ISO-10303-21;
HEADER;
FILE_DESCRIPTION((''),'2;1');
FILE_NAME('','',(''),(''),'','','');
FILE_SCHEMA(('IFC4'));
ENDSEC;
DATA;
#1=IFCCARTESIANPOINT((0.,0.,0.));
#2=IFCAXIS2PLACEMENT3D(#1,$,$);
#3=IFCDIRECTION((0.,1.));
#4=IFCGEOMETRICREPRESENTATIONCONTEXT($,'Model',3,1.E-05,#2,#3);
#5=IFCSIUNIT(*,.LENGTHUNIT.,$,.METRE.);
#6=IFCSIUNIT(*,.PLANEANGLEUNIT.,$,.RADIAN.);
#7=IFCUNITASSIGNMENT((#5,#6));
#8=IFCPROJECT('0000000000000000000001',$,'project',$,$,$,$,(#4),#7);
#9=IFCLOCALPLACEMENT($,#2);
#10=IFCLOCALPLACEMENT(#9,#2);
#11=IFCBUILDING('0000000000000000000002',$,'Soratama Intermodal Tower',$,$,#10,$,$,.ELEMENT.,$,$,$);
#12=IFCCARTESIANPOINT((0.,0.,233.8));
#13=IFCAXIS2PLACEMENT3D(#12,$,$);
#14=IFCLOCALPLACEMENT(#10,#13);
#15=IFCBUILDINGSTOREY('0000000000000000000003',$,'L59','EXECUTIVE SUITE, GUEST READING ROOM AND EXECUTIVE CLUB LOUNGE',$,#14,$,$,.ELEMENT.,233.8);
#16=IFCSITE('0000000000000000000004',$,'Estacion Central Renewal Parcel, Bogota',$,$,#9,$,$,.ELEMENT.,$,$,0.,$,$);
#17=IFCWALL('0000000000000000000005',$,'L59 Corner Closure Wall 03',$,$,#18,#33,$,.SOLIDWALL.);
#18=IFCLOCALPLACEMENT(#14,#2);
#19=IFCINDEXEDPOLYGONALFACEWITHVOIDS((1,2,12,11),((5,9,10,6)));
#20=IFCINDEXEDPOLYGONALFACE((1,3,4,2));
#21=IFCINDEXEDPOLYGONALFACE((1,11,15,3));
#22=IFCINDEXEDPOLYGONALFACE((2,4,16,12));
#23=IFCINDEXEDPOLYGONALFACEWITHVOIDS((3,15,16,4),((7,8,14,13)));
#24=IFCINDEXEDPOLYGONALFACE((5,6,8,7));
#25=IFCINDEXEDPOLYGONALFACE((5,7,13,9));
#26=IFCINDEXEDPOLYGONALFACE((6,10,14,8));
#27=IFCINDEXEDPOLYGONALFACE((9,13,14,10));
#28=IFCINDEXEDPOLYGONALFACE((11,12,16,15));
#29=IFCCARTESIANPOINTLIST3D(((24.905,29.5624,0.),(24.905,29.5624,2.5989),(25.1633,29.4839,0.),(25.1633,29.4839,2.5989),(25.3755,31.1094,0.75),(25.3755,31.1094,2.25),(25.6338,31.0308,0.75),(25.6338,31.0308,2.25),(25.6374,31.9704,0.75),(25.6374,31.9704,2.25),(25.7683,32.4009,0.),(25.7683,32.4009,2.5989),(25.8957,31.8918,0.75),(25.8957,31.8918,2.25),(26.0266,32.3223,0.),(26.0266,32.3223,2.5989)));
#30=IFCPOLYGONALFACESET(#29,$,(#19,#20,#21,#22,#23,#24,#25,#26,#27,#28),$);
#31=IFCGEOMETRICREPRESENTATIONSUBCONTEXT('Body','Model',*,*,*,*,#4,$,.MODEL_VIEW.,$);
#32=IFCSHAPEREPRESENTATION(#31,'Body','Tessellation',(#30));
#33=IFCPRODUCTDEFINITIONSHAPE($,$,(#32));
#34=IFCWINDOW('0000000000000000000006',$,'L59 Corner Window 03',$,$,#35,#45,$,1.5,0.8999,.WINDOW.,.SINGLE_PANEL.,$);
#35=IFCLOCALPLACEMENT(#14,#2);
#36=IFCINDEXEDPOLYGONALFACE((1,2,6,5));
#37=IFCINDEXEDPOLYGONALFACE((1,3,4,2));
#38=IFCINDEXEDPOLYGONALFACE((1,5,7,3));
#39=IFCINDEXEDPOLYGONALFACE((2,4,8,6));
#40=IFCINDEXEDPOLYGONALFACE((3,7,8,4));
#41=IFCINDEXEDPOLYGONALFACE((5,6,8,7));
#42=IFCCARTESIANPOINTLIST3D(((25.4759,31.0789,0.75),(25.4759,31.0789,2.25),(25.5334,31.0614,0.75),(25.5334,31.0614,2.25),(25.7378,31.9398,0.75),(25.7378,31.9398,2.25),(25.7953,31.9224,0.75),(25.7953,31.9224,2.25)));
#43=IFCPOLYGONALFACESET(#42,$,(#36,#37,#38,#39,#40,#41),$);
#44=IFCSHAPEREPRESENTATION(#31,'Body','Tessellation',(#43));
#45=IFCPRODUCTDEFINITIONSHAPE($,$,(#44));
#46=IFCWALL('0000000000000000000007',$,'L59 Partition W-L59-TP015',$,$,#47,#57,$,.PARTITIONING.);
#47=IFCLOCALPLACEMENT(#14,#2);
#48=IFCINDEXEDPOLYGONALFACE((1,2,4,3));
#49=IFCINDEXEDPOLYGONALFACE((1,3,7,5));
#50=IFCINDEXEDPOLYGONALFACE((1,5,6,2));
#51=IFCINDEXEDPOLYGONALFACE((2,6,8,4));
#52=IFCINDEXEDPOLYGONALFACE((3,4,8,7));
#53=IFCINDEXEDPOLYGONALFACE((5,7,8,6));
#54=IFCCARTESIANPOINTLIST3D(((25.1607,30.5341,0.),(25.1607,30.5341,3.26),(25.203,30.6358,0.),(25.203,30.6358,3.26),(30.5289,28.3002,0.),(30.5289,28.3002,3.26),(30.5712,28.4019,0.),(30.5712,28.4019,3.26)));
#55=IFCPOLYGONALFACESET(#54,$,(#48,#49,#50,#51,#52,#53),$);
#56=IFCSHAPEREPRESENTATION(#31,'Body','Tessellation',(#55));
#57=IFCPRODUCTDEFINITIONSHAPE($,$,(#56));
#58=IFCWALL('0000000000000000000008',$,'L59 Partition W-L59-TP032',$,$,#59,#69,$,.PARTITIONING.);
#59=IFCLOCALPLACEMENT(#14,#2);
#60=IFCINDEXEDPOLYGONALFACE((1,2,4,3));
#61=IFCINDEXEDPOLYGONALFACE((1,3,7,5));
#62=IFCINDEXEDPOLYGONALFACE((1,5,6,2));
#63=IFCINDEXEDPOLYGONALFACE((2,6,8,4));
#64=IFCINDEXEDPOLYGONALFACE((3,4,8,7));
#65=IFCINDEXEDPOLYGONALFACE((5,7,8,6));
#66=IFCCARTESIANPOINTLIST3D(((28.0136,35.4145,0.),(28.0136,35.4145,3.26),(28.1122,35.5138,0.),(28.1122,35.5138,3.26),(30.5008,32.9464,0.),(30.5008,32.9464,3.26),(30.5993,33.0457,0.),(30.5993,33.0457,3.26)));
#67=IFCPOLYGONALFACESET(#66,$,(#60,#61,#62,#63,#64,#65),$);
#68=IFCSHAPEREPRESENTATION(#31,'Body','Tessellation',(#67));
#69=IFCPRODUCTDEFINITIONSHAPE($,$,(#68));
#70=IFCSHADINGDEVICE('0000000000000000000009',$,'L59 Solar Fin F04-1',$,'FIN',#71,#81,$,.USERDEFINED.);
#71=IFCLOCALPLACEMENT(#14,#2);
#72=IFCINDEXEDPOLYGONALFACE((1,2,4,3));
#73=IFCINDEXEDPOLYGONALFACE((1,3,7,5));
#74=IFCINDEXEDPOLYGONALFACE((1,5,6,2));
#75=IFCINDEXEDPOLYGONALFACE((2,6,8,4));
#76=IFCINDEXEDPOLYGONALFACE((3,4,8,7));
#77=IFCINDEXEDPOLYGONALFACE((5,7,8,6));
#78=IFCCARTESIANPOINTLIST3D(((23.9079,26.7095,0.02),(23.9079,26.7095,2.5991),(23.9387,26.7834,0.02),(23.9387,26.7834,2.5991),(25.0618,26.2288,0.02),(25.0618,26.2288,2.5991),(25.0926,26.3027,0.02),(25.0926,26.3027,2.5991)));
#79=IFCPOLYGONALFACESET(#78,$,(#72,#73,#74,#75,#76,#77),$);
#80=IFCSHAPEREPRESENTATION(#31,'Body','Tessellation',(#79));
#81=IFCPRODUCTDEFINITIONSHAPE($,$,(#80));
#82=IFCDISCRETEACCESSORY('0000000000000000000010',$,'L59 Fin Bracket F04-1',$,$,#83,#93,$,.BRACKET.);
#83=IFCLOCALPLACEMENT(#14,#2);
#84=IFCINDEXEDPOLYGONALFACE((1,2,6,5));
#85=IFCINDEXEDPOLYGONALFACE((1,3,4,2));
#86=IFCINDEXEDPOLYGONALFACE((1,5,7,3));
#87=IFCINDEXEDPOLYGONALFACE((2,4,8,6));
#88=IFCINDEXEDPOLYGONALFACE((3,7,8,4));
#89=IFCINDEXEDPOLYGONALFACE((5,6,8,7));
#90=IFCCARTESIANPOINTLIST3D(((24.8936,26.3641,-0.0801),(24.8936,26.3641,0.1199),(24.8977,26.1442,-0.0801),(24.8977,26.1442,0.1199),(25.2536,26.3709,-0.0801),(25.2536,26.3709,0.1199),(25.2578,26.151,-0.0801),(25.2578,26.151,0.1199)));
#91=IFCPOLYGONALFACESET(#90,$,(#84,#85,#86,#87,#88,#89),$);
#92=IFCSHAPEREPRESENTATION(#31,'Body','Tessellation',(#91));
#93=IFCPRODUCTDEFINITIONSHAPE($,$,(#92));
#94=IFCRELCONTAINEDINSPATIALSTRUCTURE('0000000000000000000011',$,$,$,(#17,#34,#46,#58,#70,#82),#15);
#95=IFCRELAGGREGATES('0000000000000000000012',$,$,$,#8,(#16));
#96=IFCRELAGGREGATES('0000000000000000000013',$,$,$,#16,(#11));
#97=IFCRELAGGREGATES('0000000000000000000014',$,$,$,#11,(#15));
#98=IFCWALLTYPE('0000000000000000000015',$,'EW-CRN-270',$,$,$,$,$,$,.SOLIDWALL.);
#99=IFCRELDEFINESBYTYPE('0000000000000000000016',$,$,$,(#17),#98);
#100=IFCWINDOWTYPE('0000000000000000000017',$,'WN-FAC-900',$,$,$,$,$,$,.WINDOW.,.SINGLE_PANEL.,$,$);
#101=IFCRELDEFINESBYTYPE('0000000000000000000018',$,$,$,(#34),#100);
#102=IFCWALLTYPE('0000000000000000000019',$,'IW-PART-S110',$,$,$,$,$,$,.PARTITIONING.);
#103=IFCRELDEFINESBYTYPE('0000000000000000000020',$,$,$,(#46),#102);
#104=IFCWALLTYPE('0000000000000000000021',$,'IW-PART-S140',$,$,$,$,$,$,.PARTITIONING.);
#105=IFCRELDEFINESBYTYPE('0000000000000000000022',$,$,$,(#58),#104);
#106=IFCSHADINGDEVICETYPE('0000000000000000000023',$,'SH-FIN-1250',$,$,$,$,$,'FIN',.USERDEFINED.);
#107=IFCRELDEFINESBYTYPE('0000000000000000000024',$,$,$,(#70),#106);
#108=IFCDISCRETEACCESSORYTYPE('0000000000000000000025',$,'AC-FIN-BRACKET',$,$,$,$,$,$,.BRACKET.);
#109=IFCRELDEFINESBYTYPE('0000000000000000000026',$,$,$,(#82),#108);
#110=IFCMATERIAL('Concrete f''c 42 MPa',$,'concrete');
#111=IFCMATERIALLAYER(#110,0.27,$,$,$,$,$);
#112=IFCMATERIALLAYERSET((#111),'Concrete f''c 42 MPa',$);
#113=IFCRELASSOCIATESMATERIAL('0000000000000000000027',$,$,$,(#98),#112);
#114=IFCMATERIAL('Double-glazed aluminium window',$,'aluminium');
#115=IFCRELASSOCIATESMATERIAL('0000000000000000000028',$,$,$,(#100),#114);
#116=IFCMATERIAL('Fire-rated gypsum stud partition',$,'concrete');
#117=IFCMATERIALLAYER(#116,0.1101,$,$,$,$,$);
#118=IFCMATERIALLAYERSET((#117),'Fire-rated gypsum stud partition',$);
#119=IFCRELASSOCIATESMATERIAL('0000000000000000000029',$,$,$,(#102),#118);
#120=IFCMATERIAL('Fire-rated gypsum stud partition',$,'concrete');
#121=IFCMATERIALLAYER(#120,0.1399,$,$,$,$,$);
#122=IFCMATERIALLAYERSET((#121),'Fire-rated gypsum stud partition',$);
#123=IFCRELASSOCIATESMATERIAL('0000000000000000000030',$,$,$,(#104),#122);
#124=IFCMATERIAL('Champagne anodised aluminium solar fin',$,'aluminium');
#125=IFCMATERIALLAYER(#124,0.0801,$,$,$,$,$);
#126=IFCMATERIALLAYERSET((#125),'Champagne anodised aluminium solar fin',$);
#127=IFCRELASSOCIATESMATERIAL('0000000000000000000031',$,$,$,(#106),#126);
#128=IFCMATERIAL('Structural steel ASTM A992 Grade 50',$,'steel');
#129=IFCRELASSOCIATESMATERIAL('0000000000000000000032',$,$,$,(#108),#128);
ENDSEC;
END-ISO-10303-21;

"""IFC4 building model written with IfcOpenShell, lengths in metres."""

from ifc_helpers import new_model, si_unit, direction, frame, frame_2d, origin, origin_2d, place, context, subcontext, project, spatial, rectangle, extrude, material, layer, layer_set, type_object, element, fill, save


model = new_model("IFC4")

# Units and contexts
model_context = context("Model", 3, precision=1e-05, world=origin(), true_north=direction((0.0, 1.0)))
body_context = subcontext(model_context, "Body", "Model", "MODEL_VIEW")
ifc_project = project(units=[si_unit("LENGTHUNIT", "METRE"), si_unit("PLANEANGLEUNIT", "RADIAN")], contexts=[model_context])

# Site, building, storey
site_placement = place(None, origin())
site = spatial("IfcSite", under=ifc_project, at=site_placement, Name="Estacion Central Renewal Parcel, Bogota", CompositionType="ELEMENT", RefElevation=0.0)
building_placement = place(site_placement, origin())
building = spatial("IfcBuilding", under=site, at=building_placement, Name="Soratama Intermodal Tower", CompositionType="ELEMENT")
storey_placement = place(building_placement, frame((0.0, 0.0, 233.8)))
storey = spatial("IfcBuildingStorey", under=building, at=storey_placement, Name="L59", Description="EXECUTIVE SUITE, GUEST READING ROOM AND EXECUTIVE CLUB LOUNGE", CompositionType="ELEMENT", Elevation=233.8)

# Wall, opening, window
ifc_material_1 = material(Name="Concrete f'c 42 MPa", Category="concrete")
ifc_layer_1 = layer(ifc_material_1, 0.27)
ifc_layer_set_1 = layer_set([ifc_layer_1], Name="Concrete f'c 42 MPa")
wall_type_1 = type_object("IfcWallType", Name="EW-CRN-270", PredefinedType="SOLIDWALL", material=ifc_layer_set_1)
wall_1_placement = place(storey_placement, frame((25.8975, 32.3616, 0.0), z_axis=(0.0, 0.0, 1.0), x_axis=(-0.290985, -0.956728, 0.0)))
wall_1 = element("IfcWall", 1, at=wall_1_placement, inside=storey, type_object=wall_type_1, Name="L59 Corner Closure Wall 03", PredefinedType="SOLIDWALL", context=body_context, shape_type="SweptSolid", body=[
    extrude(rectangle(XDim=2.9668, YDim=0.27, at=frame_2d((1.4834, 0.0))), origin(), (0.0, 0.0, 1.0), 2.5989),
])
opening_1_placement = place(wall_1_placement, frame((0.45, 0.0, 0.75)))
opening_1 = element("IfcOpeningElement", 2, at=opening_1_placement, cuts=wall_1, PredefinedType="OPENING", context=body_context, shape_type="SweptSolid", body=[
    extrude(rectangle(XDim=0.8999, YDim=1.5, at=frame_2d((0.45, 0.75))), frame((0.0, 0.145, 0.0), z_axis=(0.0, -1.0, 0.0), x_axis=(1.0, 0.0, 0.0)), (0.0, 0.0, 1.0), 0.29),
])
ifc_material_2 = material(Name="Double-glazed aluminium window", Category="aluminium")
window_type = type_object("IfcWindowType", Name="WN-FAC-900", PartitioningType="SINGLE_PANEL", PredefinedType="WINDOW", material=ifc_material_2)
window_placement = place(opening_1_placement, origin())
window = element("IfcWindow", 3, at=window_placement, inside=storey, type_object=window_type, Name="L59 Corner Window 03", OverallHeight=1.5, OverallWidth=0.8999, PartitioningType="SINGLE_PANEL", PredefinedType="WINDOW", context=body_context, shape_type="SweptSolid", body=[
    extrude(rectangle(XDim=0.8999, YDim=1.5, at=frame_2d((0.45, 0.75))), frame((0.0, 0.03, 0.0), z_axis=(0.0, -1.0, 0.0), x_axis=(1.0, 0.0, 0.0)), (0.0, 0.0, 1.0), 0.0601),
])
fill(opening_1, window)

# Walls
ifc_material_3 = material(Name="Fire-rated gypsum stud partition", Category="concrete")
ifc_layer_2 = layer(ifc_material_3, 0.1101)
ifc_layer_set_2 = layer_set([ifc_layer_2], Name="Fire-rated gypsum stud partition")
wall_type_2 = type_object("IfcWallType", Name="IW-PART-S110", PredefinedType="PARTITIONING", material=ifc_layer_set_2)
wall_2_placement = place(storey_placement, frame((30.55, 28.3511, 0.0), z_axis=(0.0, 0.0, 1.0), x_axis=(-0.923251, 0.384198, 0.0)))
element("IfcWall", 4, at=wall_2_placement, inside=storey, type_object=wall_type_2, Name="L59 Partition W-L59-TP015", PredefinedType="PARTITIONING", context=body_context, shape_type="SweptSolid", body=[
    extrude(rectangle(XDim=5.8145, YDim=0.1101, at=frame_2d((2.9072, 0.0))), origin(), (0.0, 0.0, 1.0), 3.26),
])
ifc_material_4 = material(Name="Fire-rated gypsum stud partition", Category="concrete")
ifc_layer_3 = layer(ifc_material_4, 0.1399)
ifc_layer_set_3 = layer_set([ifc_layer_3], Name="Fire-rated gypsum stud partition")
wall_type_3 = type_object("IfcWallType", Name="IW-PART-S140", PredefinedType="PARTITIONING", material=ifc_layer_set_3)
wall_3_placement = place(storey_placement, frame((30.55, 32.9961, 0.0), z_axis=(0.0, 0.0, 1.0), x_axis=(-0.709819, 0.704384, 0.0)))
element("IfcWall", 5, at=wall_3_placement, inside=storey, type_object=wall_type_3, Name="L59 Partition W-L59-TP032", PredefinedType="PARTITIONING", context=body_context, shape_type="SweptSolid", body=[
    extrude(rectangle(XDim=3.5039, YDim=0.1399, at=frame_2d((1.752, 0.0))), origin(), (0.0, 0.0, 1.0), 3.26),
])

# Shading device
ifc_material_5 = material(Name="Champagne anodised aluminium solar fin", Category="aluminium")
ifc_layer_4 = layer(ifc_material_5, 0.0801)
ifc_layer_set_4 = layer_set([ifc_layer_4], Name="Champagne anodised aluminium solar fin")
shading_device_type = type_object("IfcShadingDeviceType", Name="SH-FIN-1250", ElementType="FIN", PredefinedType="USERDEFINED", material=ifc_layer_set_4)
shading_device_placement = place(storey_placement, frame((24.5002, 26.5061, 0.02), z_axis=(0.0, 0.0, 1.0), x_axis=(-0.923076, 0.384618, 0.0)))
element("IfcShadingDevice", 6, at=shading_device_placement, inside=storey, type_object=shading_device_type, Name="L59 Solar Fin F04-1", ObjectType="FIN", PredefinedType="USERDEFINED", context=body_context, shape_type="SweptSolid", body=[
    extrude(rectangle(XDim=1.25, YDim=0.0801, at=origin_2d()), origin(), (0.0, 0.0, 1.0), 2.5791),
])

# Discrete accessory
ifc_material_6 = material(Name="Structural steel ASTM A992 Grade 50", Category="steel")
discrete_accessory_type = type_object("IfcDiscreteAccessoryType", Name="AC-FIN-BRACKET", PredefinedType="BRACKET", material=ifc_material_6)
discrete_accessory_placement = place(storey_placement, frame((25.0757, 26.2576, -0.0801), z_axis=(0.0, 0.0, 1.0), x_axis=(-0.999822, -0.018848, 0.0)))
element("IfcDiscreteAccessory", 7, at=discrete_accessory_placement, inside=storey, type_object=discrete_accessory_type, Name="L59 Fin Bracket F04-1", PredefinedType="BRACKET", context=body_context, shape_type="SweptSolid", body=[
    extrude(rectangle(XDim=0.3601, YDim=0.22, at=origin_2d()), origin(), (0.0, 0.0, 1.0), 0.2),
])

save(model, "model.ifc")
